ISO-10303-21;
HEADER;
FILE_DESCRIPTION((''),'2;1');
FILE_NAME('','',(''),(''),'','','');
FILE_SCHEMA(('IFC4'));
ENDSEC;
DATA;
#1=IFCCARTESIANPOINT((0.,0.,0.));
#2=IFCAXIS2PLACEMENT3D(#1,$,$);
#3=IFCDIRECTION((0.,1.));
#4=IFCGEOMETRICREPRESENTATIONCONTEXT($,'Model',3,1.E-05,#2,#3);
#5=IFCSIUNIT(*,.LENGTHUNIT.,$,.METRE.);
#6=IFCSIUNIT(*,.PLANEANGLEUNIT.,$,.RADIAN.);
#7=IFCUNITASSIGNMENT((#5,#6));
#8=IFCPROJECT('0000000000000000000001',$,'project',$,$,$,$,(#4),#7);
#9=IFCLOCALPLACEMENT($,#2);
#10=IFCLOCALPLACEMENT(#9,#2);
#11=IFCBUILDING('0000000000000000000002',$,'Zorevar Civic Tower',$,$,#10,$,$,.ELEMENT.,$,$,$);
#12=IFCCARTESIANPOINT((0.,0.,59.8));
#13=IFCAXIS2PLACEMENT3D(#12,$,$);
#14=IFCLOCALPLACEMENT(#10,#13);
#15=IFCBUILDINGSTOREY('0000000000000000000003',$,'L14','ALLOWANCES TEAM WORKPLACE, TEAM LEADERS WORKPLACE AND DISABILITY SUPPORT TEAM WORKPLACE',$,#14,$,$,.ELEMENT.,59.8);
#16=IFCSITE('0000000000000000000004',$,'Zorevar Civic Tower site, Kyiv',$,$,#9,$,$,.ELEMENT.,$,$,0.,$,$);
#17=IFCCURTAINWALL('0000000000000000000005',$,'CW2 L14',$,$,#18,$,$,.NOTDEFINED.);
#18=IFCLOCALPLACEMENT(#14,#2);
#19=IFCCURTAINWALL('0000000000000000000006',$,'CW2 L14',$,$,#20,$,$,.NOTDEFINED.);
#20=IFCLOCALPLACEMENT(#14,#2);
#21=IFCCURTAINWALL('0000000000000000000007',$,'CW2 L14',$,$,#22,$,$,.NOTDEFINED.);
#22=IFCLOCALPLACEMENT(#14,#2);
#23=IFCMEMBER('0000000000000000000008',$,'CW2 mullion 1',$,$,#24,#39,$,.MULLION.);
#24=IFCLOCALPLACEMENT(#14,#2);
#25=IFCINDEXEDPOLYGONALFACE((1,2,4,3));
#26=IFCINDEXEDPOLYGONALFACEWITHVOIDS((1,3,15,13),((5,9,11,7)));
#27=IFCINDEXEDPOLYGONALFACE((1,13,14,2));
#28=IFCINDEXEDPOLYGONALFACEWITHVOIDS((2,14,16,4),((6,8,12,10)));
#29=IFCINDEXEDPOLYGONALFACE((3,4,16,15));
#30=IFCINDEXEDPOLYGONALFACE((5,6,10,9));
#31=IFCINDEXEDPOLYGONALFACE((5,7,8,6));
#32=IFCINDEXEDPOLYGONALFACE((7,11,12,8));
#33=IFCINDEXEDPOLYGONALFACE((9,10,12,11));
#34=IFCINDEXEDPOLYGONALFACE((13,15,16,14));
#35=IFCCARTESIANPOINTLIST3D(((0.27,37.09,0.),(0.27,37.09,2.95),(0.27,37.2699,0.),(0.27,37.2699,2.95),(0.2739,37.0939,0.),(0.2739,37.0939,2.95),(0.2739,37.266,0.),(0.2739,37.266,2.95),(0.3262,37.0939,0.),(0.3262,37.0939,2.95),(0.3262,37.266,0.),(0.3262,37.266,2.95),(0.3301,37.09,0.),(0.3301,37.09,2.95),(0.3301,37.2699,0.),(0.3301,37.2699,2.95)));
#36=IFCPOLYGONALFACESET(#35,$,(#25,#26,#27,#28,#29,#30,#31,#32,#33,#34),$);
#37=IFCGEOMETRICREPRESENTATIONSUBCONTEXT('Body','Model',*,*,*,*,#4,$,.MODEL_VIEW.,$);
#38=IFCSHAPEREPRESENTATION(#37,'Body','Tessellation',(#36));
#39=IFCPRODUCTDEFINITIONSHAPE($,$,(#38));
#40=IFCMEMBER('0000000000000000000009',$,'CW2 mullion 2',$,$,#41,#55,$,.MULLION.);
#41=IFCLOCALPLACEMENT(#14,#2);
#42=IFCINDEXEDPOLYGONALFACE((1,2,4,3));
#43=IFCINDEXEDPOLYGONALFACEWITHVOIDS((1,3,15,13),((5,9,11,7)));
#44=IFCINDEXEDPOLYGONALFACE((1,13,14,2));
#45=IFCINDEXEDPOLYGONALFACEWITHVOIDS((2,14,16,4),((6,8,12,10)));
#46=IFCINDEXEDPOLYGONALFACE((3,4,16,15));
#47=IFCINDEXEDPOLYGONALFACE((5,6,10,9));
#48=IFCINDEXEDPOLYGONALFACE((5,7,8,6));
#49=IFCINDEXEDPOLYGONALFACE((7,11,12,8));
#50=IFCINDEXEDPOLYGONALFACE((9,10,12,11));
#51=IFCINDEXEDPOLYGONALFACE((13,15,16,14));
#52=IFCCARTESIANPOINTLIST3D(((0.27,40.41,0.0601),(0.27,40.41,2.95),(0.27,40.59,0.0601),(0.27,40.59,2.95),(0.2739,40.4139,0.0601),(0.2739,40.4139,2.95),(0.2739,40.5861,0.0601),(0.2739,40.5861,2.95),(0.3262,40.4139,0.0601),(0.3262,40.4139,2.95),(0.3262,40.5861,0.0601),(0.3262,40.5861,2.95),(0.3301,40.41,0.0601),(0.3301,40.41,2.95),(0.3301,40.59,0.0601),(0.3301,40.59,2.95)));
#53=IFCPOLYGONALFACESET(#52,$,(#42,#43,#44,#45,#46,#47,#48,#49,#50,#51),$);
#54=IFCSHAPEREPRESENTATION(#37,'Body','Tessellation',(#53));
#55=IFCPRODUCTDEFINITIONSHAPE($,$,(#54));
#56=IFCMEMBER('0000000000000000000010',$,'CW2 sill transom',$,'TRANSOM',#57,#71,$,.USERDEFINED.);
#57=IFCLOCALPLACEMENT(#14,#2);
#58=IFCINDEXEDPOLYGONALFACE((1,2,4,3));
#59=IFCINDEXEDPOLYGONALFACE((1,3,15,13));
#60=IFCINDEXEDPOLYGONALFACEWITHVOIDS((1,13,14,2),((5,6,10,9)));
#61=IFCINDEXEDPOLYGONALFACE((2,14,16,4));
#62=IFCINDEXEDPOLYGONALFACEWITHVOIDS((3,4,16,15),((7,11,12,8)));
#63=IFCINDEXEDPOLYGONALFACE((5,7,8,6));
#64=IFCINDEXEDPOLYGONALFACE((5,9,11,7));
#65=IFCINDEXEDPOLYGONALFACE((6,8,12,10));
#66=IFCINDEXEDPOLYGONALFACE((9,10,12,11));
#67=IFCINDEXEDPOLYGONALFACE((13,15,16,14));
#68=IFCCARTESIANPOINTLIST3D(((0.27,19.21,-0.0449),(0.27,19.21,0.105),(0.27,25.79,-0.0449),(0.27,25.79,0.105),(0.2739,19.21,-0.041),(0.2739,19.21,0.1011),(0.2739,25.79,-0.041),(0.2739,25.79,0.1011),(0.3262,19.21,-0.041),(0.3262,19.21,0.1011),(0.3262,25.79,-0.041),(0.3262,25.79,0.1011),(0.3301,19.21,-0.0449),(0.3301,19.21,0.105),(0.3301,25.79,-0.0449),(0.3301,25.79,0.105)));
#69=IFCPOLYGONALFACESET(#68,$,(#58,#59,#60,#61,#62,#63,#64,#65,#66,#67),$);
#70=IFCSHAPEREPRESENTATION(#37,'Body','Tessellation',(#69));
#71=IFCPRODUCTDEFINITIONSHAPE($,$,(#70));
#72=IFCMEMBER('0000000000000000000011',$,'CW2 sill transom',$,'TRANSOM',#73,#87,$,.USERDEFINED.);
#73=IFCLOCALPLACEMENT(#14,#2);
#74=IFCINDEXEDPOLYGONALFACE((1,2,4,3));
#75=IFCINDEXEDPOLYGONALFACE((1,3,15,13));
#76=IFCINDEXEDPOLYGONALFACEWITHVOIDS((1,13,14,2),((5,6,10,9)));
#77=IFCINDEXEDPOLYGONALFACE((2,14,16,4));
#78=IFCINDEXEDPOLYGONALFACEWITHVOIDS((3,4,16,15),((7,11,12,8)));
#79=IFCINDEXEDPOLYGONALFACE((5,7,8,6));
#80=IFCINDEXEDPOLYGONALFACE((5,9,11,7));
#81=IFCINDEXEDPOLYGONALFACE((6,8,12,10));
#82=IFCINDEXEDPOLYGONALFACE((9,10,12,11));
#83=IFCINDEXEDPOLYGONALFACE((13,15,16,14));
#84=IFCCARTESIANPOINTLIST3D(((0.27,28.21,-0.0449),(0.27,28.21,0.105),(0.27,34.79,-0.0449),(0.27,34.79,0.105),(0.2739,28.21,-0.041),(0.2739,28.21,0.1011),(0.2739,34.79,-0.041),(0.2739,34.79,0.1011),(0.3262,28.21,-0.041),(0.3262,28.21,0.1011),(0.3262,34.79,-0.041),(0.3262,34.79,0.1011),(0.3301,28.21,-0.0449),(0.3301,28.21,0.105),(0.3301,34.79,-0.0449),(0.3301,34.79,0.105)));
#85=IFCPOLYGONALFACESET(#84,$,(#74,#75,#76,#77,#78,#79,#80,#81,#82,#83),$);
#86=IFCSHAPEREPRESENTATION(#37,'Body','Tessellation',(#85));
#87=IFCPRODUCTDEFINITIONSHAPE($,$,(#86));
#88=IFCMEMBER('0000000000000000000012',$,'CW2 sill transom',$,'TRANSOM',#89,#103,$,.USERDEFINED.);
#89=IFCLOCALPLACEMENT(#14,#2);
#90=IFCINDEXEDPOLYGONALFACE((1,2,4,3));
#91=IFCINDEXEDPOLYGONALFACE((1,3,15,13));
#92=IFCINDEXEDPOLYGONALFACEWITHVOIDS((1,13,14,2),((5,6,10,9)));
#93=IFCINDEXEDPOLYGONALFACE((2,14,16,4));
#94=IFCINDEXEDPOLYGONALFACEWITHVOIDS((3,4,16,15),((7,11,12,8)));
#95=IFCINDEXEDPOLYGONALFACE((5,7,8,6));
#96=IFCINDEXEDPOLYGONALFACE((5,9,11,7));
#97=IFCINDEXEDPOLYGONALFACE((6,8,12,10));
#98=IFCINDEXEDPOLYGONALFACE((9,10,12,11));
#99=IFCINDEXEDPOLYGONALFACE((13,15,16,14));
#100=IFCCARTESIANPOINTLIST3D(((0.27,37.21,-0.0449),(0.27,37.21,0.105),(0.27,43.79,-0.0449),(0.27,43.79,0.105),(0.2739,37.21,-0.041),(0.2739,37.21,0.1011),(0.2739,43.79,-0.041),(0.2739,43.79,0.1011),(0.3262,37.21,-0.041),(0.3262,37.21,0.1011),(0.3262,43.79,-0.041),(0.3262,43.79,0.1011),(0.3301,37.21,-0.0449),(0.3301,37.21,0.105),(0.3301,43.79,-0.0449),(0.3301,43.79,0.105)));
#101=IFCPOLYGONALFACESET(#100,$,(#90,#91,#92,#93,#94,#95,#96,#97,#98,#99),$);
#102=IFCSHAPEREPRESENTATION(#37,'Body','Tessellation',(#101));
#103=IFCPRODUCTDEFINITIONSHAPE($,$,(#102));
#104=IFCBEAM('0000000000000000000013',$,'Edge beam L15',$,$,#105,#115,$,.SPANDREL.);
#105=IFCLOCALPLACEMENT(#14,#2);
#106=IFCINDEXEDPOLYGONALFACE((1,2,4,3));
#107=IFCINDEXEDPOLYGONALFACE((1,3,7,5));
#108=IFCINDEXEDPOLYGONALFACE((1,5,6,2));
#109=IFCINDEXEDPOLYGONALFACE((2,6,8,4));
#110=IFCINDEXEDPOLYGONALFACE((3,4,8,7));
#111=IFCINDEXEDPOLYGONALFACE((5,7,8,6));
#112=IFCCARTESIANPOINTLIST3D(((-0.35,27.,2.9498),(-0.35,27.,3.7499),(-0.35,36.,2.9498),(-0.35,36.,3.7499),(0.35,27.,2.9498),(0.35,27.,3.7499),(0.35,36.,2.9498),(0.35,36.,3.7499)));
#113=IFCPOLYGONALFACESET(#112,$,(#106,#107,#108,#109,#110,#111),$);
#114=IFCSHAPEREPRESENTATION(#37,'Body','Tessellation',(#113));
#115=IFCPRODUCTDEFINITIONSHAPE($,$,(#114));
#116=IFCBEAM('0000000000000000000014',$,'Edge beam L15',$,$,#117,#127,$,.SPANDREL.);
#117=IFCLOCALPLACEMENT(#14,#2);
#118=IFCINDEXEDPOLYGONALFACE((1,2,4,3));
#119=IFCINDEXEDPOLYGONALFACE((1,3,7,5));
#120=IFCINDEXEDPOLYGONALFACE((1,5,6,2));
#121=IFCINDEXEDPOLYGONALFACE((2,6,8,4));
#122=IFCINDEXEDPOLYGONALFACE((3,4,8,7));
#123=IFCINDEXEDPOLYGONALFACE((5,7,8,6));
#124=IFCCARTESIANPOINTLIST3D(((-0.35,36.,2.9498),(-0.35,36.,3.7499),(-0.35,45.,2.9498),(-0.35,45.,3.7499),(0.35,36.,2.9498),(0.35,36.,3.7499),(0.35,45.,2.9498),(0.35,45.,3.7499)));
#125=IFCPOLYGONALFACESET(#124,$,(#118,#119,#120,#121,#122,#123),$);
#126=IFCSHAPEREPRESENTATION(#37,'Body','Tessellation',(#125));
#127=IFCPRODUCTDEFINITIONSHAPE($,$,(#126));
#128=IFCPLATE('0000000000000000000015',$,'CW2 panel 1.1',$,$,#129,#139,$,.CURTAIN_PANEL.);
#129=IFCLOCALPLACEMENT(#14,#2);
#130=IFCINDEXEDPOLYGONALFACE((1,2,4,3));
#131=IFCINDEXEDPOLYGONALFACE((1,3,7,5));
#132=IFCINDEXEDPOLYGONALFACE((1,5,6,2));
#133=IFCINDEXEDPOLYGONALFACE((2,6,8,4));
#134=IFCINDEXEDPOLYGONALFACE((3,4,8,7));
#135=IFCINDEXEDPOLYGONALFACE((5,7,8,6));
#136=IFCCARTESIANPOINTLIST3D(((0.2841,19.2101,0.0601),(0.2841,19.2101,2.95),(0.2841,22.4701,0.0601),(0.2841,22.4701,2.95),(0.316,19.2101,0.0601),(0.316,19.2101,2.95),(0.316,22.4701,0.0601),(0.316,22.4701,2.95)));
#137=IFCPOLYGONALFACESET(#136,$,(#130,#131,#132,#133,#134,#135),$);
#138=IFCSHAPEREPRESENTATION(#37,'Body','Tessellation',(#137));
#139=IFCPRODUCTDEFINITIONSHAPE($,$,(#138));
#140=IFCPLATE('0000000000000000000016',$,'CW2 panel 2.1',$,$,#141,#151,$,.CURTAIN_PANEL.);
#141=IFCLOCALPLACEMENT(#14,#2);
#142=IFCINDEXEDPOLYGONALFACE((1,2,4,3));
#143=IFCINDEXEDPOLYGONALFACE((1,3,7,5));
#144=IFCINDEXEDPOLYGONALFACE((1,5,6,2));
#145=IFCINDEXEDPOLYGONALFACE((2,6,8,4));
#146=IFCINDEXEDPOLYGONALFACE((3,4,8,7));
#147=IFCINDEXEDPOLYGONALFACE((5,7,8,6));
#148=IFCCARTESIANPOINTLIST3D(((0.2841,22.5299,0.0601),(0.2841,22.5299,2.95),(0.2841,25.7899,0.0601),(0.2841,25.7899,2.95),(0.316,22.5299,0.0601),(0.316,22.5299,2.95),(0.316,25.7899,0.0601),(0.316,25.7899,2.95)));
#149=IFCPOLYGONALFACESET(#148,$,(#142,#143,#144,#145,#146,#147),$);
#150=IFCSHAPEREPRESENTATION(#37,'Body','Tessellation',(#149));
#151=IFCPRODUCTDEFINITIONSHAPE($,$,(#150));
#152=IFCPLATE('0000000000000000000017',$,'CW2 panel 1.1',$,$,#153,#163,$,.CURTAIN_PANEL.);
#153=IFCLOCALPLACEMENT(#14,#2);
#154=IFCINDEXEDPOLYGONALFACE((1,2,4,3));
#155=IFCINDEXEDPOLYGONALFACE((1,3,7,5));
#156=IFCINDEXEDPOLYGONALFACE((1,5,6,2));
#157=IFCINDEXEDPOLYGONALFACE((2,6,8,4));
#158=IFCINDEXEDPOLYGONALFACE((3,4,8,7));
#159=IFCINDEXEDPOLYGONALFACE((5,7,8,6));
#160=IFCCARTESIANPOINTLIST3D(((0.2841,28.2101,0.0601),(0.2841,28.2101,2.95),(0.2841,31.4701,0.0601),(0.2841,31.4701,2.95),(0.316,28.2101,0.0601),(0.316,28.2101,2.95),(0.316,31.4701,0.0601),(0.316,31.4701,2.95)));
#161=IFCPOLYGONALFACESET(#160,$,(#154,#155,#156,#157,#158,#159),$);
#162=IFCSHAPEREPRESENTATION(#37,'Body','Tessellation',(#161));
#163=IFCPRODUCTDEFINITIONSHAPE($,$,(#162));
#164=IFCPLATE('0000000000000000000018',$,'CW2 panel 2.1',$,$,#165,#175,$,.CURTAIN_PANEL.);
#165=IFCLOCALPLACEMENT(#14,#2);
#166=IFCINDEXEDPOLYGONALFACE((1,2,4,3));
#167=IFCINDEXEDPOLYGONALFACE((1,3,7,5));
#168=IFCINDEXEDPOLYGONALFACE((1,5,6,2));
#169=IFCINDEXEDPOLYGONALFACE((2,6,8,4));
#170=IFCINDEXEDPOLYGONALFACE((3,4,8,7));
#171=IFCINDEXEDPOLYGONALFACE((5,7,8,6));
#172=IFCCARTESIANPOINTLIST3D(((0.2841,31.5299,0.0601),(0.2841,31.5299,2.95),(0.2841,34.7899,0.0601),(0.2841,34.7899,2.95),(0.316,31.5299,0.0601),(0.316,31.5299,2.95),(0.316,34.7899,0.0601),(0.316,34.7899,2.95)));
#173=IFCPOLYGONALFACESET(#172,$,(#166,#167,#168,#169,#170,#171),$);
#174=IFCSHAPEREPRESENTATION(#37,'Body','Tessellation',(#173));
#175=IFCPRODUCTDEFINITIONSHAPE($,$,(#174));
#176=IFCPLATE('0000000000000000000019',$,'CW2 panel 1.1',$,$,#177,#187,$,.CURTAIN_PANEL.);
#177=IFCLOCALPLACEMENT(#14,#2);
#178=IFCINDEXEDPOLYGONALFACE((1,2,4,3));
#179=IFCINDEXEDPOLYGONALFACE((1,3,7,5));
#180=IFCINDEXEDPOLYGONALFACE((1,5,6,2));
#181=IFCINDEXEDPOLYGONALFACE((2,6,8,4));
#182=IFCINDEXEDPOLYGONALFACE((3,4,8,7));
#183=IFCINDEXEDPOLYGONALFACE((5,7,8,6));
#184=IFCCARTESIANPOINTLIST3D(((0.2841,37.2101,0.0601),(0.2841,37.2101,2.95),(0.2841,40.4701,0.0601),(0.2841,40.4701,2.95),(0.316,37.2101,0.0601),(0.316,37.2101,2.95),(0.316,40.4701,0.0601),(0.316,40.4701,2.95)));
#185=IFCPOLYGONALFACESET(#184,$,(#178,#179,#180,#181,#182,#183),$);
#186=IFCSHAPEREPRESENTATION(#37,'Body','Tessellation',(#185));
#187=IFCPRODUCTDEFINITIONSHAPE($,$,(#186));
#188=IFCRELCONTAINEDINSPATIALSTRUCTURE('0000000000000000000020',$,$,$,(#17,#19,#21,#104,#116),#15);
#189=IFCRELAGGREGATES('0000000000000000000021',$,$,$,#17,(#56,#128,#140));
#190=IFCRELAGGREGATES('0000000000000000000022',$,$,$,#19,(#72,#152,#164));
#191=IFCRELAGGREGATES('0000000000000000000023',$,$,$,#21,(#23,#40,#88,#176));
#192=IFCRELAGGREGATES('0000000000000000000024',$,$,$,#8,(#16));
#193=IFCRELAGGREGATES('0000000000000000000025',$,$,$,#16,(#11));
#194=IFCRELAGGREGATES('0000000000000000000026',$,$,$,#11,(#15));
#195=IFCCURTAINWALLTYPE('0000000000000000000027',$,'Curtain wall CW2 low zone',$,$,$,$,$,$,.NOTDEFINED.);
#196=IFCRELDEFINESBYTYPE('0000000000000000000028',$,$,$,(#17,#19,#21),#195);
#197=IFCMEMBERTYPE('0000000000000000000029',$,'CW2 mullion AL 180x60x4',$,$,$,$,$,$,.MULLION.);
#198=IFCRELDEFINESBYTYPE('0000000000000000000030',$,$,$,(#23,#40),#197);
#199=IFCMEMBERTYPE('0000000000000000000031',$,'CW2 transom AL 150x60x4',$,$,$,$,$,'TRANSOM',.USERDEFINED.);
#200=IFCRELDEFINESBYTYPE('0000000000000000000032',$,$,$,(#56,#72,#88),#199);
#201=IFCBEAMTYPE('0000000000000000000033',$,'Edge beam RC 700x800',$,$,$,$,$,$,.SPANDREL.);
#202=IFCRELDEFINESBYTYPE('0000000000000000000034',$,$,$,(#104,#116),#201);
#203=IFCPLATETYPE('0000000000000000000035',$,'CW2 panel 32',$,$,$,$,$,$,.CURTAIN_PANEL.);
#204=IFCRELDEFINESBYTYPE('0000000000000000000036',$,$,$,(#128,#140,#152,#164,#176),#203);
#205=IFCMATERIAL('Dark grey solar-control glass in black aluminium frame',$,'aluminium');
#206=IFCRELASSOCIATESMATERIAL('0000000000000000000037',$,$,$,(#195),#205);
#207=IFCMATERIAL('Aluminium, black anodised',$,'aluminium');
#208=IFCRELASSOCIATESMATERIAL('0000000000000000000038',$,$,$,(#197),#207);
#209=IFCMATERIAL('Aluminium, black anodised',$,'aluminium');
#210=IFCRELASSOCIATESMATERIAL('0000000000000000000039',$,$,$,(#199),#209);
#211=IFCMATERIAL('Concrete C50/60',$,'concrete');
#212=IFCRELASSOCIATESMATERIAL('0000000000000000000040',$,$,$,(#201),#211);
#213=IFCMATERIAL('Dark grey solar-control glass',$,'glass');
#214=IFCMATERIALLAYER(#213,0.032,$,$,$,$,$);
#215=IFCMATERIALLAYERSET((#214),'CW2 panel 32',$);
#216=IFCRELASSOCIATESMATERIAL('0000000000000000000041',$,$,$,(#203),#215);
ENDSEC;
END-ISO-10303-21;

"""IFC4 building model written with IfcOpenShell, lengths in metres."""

from ifc_helpers import new_model, si_unit, direction, frame, origin, origin_2d, place, context, subcontext, project, spatial, rectangle, hollow_rectangle, extrude, material, layer, layer_set, material_profile, profile_set, type_object, element, aggregate, save


model = new_model("IFC4")

# Units and contexts
model_context = context("Model", 3, precision=1e-05, world=origin(), true_north=direction((0.0, 1.0)))
body_context = subcontext(model_context, "Body", "Model", "MODEL_VIEW")
ifc_project = project(units=[si_unit("LENGTHUNIT", "METRE"), si_unit("PLANEANGLEUNIT", "RADIAN")], contexts=[model_context])

# Site, building, storey
site_placement = place(None, origin())
site = spatial("IfcSite", under=ifc_project, at=site_placement, Name="Zorevar Civic Tower site, Kyiv", CompositionType="ELEMENT", RefElevation=0.0)
building_placement = place(site_placement, origin())
building = spatial("IfcBuilding", under=site, at=building_placement, Name="Zorevar Civic Tower", CompositionType="ELEMENT")
storey_placement = place(building_placement, frame((0.0, 0.0, 59.8)))
storey = spatial("IfcBuildingStorey", under=building, at=storey_placement, Name="L14", Description="ALLOWANCES TEAM WORKPLACE, TEAM LEADERS WORKPLACE AND DISABILITY SUPPORT TEAM WORKPLACE", CompositionType="ELEMENT", Elevation=59.8)

# Curtain walls, members
ifc_material_1 = material(Name="Dark grey solar-control glass in black aluminium frame", Category="aluminium")
curtain_wall_type = type_object("IfcCurtainWallType", Name="Curtain wall CW2 low zone", PredefinedType="NOTDEFINED", material=ifc_material_1)
curtain_wall_1_placement = place(storey_placement, origin())
curtain_wall_1 = element("IfcCurtainWall", 1, at=curtain_wall_1_placement, inside=storey, type_object=curtain_wall_type, Name="CW2 L14", PredefinedType="NOTDEFINED")
ifc_material_2 = material(Name="Aluminium, black anodised", Category="aluminium")
ifc_material_profile_1 = material_profile(ifc_material_2, hollow_rectangle(XDim=0.0601, YDim=0.1799, WallThickness=0.0039, at=origin_2d()), Name="AL 180x60x4")
ifc_profile_set_1 = profile_set([ifc_material_profile_1], Name="Aluminium, black anodised")
member_type_1 = type_object("IfcMemberType", Name="CW2 mullion AL 180x60x4", PredefinedType="MULLION", material=ifc_profile_set_1)
curtain_wall_2_placement = place(storey_placement, origin())
curtain_wall_2 = element("IfcCurtainWall", 2, at=curtain_wall_2_placement, inside=storey, type_object=curtain_wall_type, Name="CW2 L14", PredefinedType="NOTDEFINED")
curtain_wall_3_placement = place(storey_placement, origin())
curtain_wall_3 = element("IfcCurtainWall", 3, at=curtain_wall_3_placement, inside=storey, type_object=curtain_wall_type, Name="CW2 L14", PredefinedType="NOTDEFINED")
member_1_placement = place(storey_placement, frame((0.3, 37.1799, 0.0), z_axis=(0.0, 0.0, 1.0), x_axis=(-1.0, 0.0, 0.0)))
member_1 = element("IfcMember", 4, at=member_1_placement, type_object=member_type_1, Name="CW2 mullion 1", PredefinedType="MULLION", context=body_context, shape_type="SweptSolid", body=[
    extrude(hollow_rectangle(XDim=0.0601, YDim=0.1799, WallThickness=0.0039, at=origin_2d()), origin(), (0.0, 0.0, 1.0), 2.95),
])
member_2_placement = place(storey_placement, frame((0.3, 40.5, 0.0601), z_axis=(0.0, 0.0, 1.0), x_axis=(-1.0, 0.0, 0.0)))
member_2 = element("IfcMember", 5, at=member_2_placement, type_object=member_type_1, Name="CW2 mullion 2", PredefinedType="MULLION", context=body_context, shape_type="SweptSolid", body=[
    extrude(hollow_rectangle(XDim=0.0601, YDim=0.1799, WallThickness=0.0039, at=origin_2d()), origin(), (0.0, 0.0, 1.0), 2.8899),
])

# Members
ifc_material_3 = material(Name="Aluminium, black anodised", Category="aluminium")
ifc_material_profile_2 = material_profile(ifc_material_3, hollow_rectangle(XDim=0.0601, YDim=0.1499, WallThickness=0.0039, at=origin_2d()), Name="AL 150x60x4")
ifc_profile_set_2 = profile_set([ifc_material_profile_2], Name="Aluminium, black anodised")
member_type_2 = type_object("IfcMemberType", Name="CW2 transom AL 150x60x4", ElementType="TRANSOM", PredefinedType="USERDEFINED", material=ifc_profile_set_2)
member_3_placement = place(storey_placement, frame((0.3, 19.21, 0.03), z_axis=(0.0, 1.0, 0.0), x_axis=(-1.0, 0.0, 0.0)))
member_3 = element("IfcMember", 6, at=member_3_placement, type_object=member_type_2, Name="CW2 sill transom", ObjectType="TRANSOM", PredefinedType="USERDEFINED", context=body_context, shape_type="SweptSolid", body=[
    extrude(hollow_rectangle(XDim=0.0601, YDim=0.1499, WallThickness=0.0039, at=origin_2d()), origin(), (0.0, 0.0, 1.0), 6.5801),
])
member_4_placement = place(storey_placement, frame((0.3, 28.21, 0.03), z_axis=(0.0, 1.0, 0.0), x_axis=(-1.0, 0.0, 0.0)))
member_4 = element("IfcMember", 7, at=member_4_placement, type_object=member_type_2, Name="CW2 sill transom", ObjectType="TRANSOM", PredefinedType="USERDEFINED", context=body_context, shape_type="SweptSolid", body=[
    extrude(hollow_rectangle(XDim=0.0601, YDim=0.1499, WallThickness=0.0039, at=origin_2d()), origin(), (0.0, 0.0, 1.0), 6.5801),
])
member_5_placement = place(storey_placement, frame((0.3, 37.21, 0.03), z_axis=(0.0, 1.0, 0.0), x_axis=(-1.0, 0.0, 0.0)))
member_5 = element("IfcMember", 8, at=member_5_placement, type_object=member_type_2, Name="CW2 sill transom", ObjectType="TRANSOM", PredefinedType="USERDEFINED", context=body_context, shape_type="SweptSolid", body=[
    extrude(hollow_rectangle(XDim=0.0601, YDim=0.1499, WallThickness=0.0039, at=origin_2d()), origin(), (0.0, 0.0, 1.0), 6.5801),
])

# Beams
ifc_material_4 = material(Name="Concrete C50/60", Category="concrete")
ifc_material_profile_3 = material_profile(ifc_material_4, rectangle(XDim=0.7, YDim=0.8, at=origin_2d()), Name="RC 700x800")
ifc_profile_set_3 = profile_set([ifc_material_profile_3], Name="Concrete C50/60")
beam_type_1 = type_object("IfcBeamType", Name="Edge beam RC 700x800", PredefinedType="SPANDREL", material=ifc_profile_set_3)
for number, where, z_axis, x_axis, name in (
    (9, (0.0, 27.0, 3.3499), (0.0, 1.0, 0.0), (-1.0, 0.0, 0.0), "Edge beam L15"),
    (10, (0.0, 36.0, 3.3499), (0.0, 1.0, 0.0), (-1.0, 0.0, 0.0), "Edge beam L15"),
):
    element("IfcBeam", number, at=place(storey_placement, frame(where, z_axis=z_axis, x_axis=x_axis)), inside=storey, type_object=beam_type_1, Name=name, PredefinedType="SPANDREL", context=body_context, shape_type="SweptSolid", body=[
        extrude(rectangle(XDim=0.7, YDim=0.8, at=origin_2d()), origin(), (0.0, 0.0, 1.0), 9.0),
    ])

# Plates
ifc_material_5 = material(Name="Dark grey solar-control glass", Category="glass")
ifc_layer_1 = layer(ifc_material_5, 0.032)
ifc_layer_set_1 = layer_set([ifc_layer_1], Name="CW2 panel 32")
plate_type = type_object("IfcPlateType", Name="CW2 panel 32", PredefinedType="CURTAIN_PANEL", material=ifc_layer_set_1)
plate_1_placement = place(storey_placement, frame((0.3, 20.8401, 0.0601), z_axis=(0.0, 0.0, 1.0), x_axis=(0.0, 1.0, 0.0)))
plate_1 = element("IfcPlate", 11, at=plate_1_placement, type_object=plate_type, Name="CW2 panel 1.1", PredefinedType="CURTAIN_PANEL", context=body_context, shape_type="SweptSolid", body=[
    extrude(rectangle(XDim=3.26, YDim=0.032, at=origin_2d()), origin(), (0.0, 0.0, 1.0), 2.8899),
])
plate_2_placement = place(storey_placement, frame((0.3, 24.1599, 0.0601), z_axis=(0.0, 0.0, 1.0), x_axis=(0.0, 1.0, 0.0)))
plate_2 = element("IfcPlate", 12, at=plate_2_placement, type_object=plate_type, Name="CW2 panel 2.1", PredefinedType="CURTAIN_PANEL", context=body_context, shape_type="SweptSolid", body=[
    extrude(rectangle(XDim=3.26, YDim=0.032, at=origin_2d()), origin(), (0.0, 0.0, 1.0), 2.8899),
])
aggregate(curtain_wall_1, [member_3, plate_1, plate_2])
plate_3_placement = place(storey_placement, frame((0.3, 29.8401, 0.0601), z_axis=(0.0, 0.0, 1.0), x_axis=(0.0, 1.0, 0.0)))
plate_3 = element("IfcPlate", 13, at=plate_3_placement, type_object=plate_type, Name="CW2 panel 1.1", PredefinedType="CURTAIN_PANEL", context=body_context, shape_type="SweptSolid", body=[
    extrude(rectangle(XDim=3.26, YDim=0.032, at=origin_2d()), origin(), (0.0, 0.0, 1.0), 2.8899),
])
plate_4_placement = place(storey_placement, frame((0.3, 33.1599, 0.0601), z_axis=(0.0, 0.0, 1.0), x_axis=(0.0, 1.0, 0.0)))
plate_4 = element("IfcPlate", 14, at=plate_4_placement, type_object=plate_type, Name="CW2 panel 2.1", PredefinedType="CURTAIN_PANEL", context=body_context, shape_type="SweptSolid", body=[
    extrude(rectangle(XDim=3.26, YDim=0.032, at=origin_2d()), origin(), (0.0, 0.0, 1.0), 2.8899),
])
aggregate(curtain_wall_2, [member_4, plate_3, plate_4])
plate_5_placement = place(storey_placement, frame((0.3, 38.8401, 0.0601), z_axis=(0.0, 0.0, 1.0), x_axis=(0.0, 1.0, 0.0)))
plate_5 = element("IfcPlate", 15, at=plate_5_placement, type_object=plate_type, Name="CW2 panel 1.1", PredefinedType="CURTAIN_PANEL", context=body_context, shape_type="SweptSolid", body=[
    extrude(rectangle(XDim=3.26, YDim=0.032, at=origin_2d()), origin(), (0.0, 0.0, 1.0), 2.8899),
])
aggregate(curtain_wall_3, [member_1, member_2, member_5, plate_5])

save(model, "model.ifc")
